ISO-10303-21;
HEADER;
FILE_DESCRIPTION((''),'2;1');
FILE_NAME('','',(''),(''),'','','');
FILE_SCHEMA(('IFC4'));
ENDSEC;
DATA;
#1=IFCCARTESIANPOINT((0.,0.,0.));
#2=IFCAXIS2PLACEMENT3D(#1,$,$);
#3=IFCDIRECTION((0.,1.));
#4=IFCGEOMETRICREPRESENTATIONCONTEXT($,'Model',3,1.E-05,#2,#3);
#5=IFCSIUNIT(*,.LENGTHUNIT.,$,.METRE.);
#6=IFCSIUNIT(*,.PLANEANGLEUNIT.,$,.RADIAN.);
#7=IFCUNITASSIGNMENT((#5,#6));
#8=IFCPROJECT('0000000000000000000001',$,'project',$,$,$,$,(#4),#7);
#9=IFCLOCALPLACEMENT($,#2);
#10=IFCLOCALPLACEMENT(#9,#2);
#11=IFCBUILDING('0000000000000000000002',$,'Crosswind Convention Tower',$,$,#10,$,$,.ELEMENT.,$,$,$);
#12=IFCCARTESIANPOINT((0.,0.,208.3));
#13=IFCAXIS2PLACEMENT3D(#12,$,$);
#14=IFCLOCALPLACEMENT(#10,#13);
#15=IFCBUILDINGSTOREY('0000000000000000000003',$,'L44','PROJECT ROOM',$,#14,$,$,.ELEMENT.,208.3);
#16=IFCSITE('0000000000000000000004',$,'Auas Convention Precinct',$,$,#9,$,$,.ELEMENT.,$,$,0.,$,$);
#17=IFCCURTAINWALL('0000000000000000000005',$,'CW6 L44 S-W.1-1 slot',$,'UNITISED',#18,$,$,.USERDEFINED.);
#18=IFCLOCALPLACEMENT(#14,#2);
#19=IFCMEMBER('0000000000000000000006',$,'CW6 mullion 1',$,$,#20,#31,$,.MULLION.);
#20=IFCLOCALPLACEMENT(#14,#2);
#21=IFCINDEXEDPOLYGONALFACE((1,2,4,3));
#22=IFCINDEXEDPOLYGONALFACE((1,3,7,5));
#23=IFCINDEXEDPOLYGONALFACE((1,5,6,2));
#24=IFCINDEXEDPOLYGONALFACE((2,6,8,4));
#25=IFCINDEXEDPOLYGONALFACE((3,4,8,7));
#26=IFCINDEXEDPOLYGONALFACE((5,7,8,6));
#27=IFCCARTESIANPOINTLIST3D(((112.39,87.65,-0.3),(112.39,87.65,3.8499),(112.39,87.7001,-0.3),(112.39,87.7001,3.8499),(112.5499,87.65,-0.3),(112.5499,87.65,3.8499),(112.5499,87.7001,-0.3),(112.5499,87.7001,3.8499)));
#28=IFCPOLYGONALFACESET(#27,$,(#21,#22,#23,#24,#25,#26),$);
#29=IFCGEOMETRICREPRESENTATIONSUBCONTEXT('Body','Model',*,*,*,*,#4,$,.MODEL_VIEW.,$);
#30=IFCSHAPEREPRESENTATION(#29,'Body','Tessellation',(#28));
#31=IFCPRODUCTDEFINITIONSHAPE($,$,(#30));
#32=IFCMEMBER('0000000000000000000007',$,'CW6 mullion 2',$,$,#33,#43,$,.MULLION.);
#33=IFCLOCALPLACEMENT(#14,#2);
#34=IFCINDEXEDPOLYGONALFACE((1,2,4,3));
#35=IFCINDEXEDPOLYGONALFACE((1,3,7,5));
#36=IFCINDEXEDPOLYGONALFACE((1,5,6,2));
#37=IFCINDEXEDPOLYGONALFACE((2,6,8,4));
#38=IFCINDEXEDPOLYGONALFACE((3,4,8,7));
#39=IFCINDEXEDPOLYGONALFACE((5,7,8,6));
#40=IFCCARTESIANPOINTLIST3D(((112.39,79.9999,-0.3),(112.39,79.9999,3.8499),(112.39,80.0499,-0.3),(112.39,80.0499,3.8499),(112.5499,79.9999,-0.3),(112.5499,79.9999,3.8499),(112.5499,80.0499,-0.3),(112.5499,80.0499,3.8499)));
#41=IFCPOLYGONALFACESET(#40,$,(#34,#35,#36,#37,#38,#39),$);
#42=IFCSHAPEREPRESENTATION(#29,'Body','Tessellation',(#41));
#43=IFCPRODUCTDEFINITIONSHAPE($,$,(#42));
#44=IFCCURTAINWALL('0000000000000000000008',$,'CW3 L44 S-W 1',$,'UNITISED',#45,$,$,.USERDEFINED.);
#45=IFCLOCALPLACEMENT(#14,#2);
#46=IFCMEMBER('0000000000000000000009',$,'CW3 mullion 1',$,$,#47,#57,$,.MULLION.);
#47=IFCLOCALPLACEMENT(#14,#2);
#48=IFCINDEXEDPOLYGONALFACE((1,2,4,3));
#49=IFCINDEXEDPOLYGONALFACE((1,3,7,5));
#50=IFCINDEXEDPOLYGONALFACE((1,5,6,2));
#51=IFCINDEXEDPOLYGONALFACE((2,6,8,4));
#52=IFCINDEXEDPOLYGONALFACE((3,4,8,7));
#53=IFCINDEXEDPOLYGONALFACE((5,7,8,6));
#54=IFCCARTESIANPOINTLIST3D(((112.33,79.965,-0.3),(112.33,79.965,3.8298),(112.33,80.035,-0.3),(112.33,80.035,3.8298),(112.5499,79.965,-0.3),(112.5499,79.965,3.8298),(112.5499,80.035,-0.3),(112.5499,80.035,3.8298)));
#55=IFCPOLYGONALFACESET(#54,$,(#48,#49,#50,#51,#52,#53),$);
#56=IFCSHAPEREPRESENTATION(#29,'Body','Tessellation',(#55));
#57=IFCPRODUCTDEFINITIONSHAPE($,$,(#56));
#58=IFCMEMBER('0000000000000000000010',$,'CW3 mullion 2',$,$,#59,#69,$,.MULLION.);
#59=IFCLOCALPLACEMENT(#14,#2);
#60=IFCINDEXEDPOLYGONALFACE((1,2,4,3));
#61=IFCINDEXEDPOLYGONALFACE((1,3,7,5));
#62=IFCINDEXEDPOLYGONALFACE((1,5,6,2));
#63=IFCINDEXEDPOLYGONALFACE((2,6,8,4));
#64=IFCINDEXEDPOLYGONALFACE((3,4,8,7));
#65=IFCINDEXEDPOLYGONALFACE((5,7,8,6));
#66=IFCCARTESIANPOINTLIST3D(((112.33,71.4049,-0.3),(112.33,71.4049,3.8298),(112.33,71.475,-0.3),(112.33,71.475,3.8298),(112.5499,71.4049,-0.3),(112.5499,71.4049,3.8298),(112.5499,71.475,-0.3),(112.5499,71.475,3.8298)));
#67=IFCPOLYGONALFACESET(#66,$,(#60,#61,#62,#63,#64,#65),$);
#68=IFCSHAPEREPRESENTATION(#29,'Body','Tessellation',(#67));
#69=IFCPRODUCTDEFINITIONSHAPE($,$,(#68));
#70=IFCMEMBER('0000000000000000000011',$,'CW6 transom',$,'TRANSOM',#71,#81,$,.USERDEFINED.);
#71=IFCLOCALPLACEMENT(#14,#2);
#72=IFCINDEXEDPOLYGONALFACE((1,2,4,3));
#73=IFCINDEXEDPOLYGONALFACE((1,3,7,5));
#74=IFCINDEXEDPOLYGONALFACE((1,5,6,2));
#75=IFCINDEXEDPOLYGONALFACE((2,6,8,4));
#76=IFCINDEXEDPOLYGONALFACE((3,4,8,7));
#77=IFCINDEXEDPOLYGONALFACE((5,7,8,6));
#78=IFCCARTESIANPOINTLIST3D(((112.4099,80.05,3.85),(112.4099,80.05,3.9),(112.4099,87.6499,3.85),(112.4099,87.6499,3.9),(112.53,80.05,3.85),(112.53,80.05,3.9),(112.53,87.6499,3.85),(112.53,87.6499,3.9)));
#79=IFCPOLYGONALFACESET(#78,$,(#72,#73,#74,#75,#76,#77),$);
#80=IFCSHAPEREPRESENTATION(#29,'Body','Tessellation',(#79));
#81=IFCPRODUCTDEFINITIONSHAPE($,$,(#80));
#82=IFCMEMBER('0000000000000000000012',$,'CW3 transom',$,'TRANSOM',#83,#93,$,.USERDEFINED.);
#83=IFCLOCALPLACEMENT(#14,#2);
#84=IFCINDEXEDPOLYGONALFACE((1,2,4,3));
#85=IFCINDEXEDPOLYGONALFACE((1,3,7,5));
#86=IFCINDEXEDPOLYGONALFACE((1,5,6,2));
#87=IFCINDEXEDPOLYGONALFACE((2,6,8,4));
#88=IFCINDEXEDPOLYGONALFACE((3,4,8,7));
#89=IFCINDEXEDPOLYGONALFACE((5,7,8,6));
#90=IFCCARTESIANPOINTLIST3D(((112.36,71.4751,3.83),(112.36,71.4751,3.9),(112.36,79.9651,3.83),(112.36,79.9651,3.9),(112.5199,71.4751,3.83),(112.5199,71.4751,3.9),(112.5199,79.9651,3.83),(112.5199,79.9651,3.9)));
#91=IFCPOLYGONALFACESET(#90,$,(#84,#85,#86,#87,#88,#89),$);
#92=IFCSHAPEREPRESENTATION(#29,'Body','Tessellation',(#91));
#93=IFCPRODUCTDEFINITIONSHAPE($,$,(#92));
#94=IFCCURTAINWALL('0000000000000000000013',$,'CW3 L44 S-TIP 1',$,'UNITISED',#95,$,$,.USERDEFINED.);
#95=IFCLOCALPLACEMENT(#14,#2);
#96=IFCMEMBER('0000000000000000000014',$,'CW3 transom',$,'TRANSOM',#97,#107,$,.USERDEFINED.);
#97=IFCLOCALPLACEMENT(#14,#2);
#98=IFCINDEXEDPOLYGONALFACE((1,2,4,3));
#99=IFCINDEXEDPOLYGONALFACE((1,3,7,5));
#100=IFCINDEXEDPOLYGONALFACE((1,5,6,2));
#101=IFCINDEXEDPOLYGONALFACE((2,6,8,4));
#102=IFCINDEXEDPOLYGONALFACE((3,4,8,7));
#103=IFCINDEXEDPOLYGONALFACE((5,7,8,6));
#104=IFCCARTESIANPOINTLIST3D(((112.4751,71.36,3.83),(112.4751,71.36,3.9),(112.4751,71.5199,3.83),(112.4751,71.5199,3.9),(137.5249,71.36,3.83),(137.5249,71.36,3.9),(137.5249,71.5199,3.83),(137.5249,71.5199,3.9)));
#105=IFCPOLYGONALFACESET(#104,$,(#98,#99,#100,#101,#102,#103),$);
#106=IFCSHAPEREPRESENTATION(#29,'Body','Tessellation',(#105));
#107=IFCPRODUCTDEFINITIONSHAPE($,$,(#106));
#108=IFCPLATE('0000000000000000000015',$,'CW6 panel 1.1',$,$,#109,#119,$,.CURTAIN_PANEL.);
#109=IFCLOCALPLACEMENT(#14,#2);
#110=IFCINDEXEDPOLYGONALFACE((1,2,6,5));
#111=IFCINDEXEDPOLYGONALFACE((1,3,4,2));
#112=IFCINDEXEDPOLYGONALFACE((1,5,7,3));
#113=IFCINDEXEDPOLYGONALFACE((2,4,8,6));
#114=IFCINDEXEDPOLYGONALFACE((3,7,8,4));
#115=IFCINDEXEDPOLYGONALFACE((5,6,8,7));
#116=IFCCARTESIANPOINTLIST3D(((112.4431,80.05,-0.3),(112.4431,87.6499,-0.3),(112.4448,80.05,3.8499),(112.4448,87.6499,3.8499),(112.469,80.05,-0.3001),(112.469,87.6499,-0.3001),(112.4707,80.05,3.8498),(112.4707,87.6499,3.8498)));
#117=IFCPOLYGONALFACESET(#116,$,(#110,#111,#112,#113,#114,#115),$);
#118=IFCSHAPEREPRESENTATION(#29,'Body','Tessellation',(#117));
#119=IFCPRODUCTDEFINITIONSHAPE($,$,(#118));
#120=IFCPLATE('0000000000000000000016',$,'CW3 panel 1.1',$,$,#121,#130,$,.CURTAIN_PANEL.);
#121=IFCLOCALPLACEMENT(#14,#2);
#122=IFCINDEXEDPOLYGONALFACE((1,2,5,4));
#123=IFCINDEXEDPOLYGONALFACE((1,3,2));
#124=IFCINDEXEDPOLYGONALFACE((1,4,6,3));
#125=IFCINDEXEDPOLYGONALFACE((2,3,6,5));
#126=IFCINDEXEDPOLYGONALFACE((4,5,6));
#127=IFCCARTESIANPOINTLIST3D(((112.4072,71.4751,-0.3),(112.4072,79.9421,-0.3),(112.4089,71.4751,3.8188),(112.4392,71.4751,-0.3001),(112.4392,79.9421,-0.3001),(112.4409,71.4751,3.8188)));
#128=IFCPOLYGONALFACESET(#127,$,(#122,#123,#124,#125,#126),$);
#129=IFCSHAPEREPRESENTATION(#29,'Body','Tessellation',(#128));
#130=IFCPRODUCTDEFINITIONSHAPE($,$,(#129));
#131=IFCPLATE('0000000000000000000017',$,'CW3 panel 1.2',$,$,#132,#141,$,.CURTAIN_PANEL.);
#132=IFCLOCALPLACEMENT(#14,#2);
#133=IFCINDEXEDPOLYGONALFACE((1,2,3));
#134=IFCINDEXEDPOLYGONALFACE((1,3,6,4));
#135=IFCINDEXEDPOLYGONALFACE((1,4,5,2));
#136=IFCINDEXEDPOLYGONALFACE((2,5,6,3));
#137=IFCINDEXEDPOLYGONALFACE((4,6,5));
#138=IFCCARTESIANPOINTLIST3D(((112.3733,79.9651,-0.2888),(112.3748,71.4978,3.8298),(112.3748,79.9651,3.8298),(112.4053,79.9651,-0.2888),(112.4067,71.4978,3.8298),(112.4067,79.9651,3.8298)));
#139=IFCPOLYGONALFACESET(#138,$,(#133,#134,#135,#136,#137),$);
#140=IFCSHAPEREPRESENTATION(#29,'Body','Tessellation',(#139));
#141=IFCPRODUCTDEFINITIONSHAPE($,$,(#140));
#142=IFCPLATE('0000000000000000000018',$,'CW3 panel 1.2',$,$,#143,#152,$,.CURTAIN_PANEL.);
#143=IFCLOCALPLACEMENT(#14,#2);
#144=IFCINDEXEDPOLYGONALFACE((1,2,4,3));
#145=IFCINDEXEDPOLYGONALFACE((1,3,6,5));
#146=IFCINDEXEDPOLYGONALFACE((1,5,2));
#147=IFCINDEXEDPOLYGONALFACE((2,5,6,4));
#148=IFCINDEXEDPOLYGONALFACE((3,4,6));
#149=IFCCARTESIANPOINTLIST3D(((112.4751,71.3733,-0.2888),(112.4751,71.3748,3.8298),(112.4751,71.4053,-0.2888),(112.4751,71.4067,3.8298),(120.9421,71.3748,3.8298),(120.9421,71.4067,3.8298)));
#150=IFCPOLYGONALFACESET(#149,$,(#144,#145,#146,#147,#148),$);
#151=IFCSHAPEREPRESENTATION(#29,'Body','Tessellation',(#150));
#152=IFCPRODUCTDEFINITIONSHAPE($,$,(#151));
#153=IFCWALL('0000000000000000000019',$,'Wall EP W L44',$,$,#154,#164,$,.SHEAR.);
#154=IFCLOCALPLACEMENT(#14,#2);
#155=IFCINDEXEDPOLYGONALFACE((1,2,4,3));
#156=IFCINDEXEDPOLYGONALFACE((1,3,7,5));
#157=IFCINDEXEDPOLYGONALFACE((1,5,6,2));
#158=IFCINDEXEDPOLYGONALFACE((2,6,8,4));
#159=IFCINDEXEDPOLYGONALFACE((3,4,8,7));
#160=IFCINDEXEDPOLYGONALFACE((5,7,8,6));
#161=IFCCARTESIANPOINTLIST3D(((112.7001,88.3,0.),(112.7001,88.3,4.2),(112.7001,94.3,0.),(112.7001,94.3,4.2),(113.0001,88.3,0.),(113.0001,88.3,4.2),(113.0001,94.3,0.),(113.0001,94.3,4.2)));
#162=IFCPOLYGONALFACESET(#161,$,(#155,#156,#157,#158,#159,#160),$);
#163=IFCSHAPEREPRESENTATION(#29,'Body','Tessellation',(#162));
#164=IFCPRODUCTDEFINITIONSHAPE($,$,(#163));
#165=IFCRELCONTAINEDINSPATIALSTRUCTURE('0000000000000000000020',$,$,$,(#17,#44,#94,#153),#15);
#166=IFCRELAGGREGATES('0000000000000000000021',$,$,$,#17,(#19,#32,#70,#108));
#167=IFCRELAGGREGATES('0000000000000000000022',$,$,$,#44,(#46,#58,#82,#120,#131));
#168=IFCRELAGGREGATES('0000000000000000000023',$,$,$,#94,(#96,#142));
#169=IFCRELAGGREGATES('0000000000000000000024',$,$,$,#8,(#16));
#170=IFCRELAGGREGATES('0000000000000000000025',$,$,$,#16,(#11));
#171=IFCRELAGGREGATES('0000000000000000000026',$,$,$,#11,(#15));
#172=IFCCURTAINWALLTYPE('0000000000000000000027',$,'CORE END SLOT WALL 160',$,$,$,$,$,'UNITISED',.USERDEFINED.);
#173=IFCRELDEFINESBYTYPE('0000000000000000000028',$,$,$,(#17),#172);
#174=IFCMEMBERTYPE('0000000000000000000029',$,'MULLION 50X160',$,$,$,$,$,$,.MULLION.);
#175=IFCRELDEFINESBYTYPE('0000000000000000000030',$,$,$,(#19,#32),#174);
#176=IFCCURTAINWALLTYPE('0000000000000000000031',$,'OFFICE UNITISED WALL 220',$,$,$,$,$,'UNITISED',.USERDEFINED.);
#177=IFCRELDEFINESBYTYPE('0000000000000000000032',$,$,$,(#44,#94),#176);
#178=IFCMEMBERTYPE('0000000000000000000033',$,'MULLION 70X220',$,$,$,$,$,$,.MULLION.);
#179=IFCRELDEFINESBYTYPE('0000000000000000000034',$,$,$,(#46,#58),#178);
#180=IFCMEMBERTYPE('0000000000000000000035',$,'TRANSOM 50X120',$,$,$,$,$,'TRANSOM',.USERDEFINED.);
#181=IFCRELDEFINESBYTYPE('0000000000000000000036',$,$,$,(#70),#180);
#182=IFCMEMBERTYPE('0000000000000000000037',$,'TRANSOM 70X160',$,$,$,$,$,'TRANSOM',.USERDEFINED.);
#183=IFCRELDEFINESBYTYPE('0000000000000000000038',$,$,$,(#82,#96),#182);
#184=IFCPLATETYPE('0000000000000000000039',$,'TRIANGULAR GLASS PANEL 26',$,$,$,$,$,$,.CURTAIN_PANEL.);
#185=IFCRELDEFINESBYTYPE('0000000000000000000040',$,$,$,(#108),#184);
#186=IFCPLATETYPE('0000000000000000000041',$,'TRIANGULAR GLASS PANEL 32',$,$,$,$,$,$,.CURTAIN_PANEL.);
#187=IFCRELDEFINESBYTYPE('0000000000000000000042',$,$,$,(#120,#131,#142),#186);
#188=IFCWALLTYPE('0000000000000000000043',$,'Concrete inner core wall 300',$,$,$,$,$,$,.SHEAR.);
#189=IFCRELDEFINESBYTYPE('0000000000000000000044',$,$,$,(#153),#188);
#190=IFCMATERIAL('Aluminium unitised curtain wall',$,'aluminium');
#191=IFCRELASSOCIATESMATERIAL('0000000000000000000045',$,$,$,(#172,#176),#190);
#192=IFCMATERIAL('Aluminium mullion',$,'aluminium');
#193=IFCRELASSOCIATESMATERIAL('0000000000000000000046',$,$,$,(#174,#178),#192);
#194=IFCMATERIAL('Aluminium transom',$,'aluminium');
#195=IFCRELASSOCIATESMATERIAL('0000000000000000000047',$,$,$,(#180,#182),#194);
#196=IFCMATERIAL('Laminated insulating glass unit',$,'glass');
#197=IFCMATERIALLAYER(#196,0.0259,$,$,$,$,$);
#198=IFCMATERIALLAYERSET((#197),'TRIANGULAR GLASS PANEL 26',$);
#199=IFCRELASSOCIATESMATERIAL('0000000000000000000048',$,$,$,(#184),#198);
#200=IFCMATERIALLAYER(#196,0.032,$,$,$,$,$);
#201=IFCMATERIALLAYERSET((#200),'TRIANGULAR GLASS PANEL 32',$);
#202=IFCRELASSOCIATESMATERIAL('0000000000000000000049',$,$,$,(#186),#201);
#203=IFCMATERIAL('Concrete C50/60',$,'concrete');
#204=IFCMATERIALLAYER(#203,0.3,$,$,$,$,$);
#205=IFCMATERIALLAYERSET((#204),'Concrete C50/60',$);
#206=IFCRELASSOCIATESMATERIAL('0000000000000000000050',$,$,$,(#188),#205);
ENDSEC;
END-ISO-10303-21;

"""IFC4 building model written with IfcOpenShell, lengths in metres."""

from ifc_helpers import new_model, si_unit, direction, frame, frame_2d, origin, origin_2d, place, context, subcontext, project, spatial, polyline, rectangle, outline, extrude, material, layer, layer_set, material_profile, profile_set, type_object, element, aggregate, save


model = new_model("IFC4")

# Units and contexts
model_context = context("Model", 3, precision=1e-05, world=origin(), true_north=direction((0.0, 1.0)))
body_context = subcontext(model_context, "Body", "Model", "MODEL_VIEW")
ifc_project = project(units=[si_unit("LENGTHUNIT", "METRE"), si_unit("PLANEANGLEUNIT", "RADIAN")], contexts=[model_context])

# Site, building, storey
site_placement = place(None, origin())
site = spatial("IfcSite", under=ifc_project, at=site_placement, Name="Auas Convention Precinct", CompositionType="ELEMENT", RefElevation=0.0)
building_placement = place(site_placement, origin())
building = spatial("IfcBuilding", under=site, at=building_placement, Name="Crosswind Convention Tower", CompositionType="ELEMENT")
storey_placement = place(building_placement, frame((0.0, 0.0, 208.3)))
storey = spatial("IfcBuildingStorey", under=building, at=storey_placement, Name="L44", Description="PROJECT ROOM", CompositionType="ELEMENT", Elevation=208.3)

# Curtain walls, members
ifc_material_1 = material(Name="Aluminium unitised curtain wall", Category="aluminium")
curtain_wall_type_1 = type_object("IfcCurtainWallType", Name="CORE END SLOT WALL 160", ElementType="UNITISED", PredefinedType="USERDEFINED", material=ifc_material_1)
curtain_wall_1_placement = place(storey_placement, origin())
curtain_wall_1 = element("IfcCurtainWall", 1, at=curtain_wall_1_placement, inside=storey, type_object=curtain_wall_type_1, Name="CW6 L44 S-W.1-1 slot", ObjectType="UNITISED", PredefinedType="USERDEFINED")
ifc_material_2 = material(Name="Aluminium mullion", Category="aluminium")
ifc_material_profile_1 = material_profile(ifc_material_2, rectangle(XDim=0.1599, YDim=0.05, at=origin_2d()), Name="AL 160X50")
ifc_profile_set_1 = profile_set([ifc_material_profile_1], Name="Aluminium mullion")
member_type_1 = type_object("IfcMemberType", Name="MULLION 50X160", PredefinedType="MULLION", material=ifc_profile_set_1)
member_1_placement = place(storey_placement, frame((112.47, 87.675, -0.3), z_axis=(0.0, 0.0, 1.0), x_axis=(-1.0, 0.0, 0.0)))
member_1 = element("IfcMember", 2, at=member_1_placement, type_object=member_type_1, Name="CW6 mullion 1", PredefinedType="MULLION", context=body_context, shape_type="SweptSolid", body=[
    extrude(rectangle(XDim=0.1599, YDim=0.05, at=origin_2d()), origin(), (0.0, 0.0, 1.0), 4.1499),
])
member_2_placement = place(storey_placement, frame((112.47, 80.0249, -0.3), z_axis=(0.0, 0.0, 1.0), x_axis=(-1.0, 0.0, 0.0)))
member_2 = element("IfcMember", 3, at=member_2_placement, type_object=member_type_1, Name="CW6 mullion 2", PredefinedType="MULLION", context=body_context, shape_type="SweptSolid", body=[
    extrude(rectangle(XDim=0.1599, YDim=0.05, at=origin_2d()), origin(), (0.0, 0.0, 1.0), 4.1499),
])
curtain_wall_type_2 = type_object("IfcCurtainWallType", Name="OFFICE UNITISED WALL 220", ElementType="UNITISED", PredefinedType="USERDEFINED", material=ifc_material_1)
curtain_wall_2_placement = place(storey_placement, origin())
curtain_wall_2 = element("IfcCurtainWall", 4, at=curtain_wall_2_placement, inside=storey, type_object=curtain_wall_type_2, Name="CW3 L44 S-W 1", ObjectType="UNITISED", PredefinedType="USERDEFINED")
ifc_material_profile_2 = material_profile(ifc_material_2, rectangle(XDim=0.22, YDim=0.0701, at=origin_2d()), Name="AL 220X70")
ifc_profile_set_2 = profile_set([ifc_material_profile_2], Name="Aluminium mullion")
member_type_2 = type_object("IfcMemberType", Name="MULLION 70X220", PredefinedType="MULLION", material=ifc_profile_set_2)
member_3_placement = place(storey_placement, frame((112.4399, 80.0, -0.3), z_axis=(0.0, 0.0, 1.0), x_axis=(-1.0, 0.0, 0.0)))
member_3 = element("IfcMember", 5, at=member_3_placement, type_object=member_type_2, Name="CW3 mullion 1", PredefinedType="MULLION", context=body_context, shape_type="SweptSolid", body=[
    extrude(rectangle(XDim=0.22, YDim=0.0701, at=origin_2d()), origin(), (0.0, 0.0, 1.0), 4.1299),
])
member_4_placement = place(storey_placement, frame((112.4399, 71.4399, -0.3), z_axis=(0.0, 0.0, 1.0), x_axis=(-1.0, 0.0, 0.0)))
member_4 = element("IfcMember", 6, at=member_4_placement, type_object=member_type_2, Name="CW3 mullion 2", PredefinedType="MULLION", context=body_context, shape_type="SweptSolid", body=[
    extrude(rectangle(XDim=0.22, YDim=0.0701, at=origin_2d()), origin(), (0.0, 0.0, 1.0), 4.1299),
])

# Members
ifc_material_3 = material(Name="Aluminium transom", Category="aluminium")
ifc_material_profile_3 = material_profile(ifc_material_3, rectangle(XDim=0.1201, YDim=0.05, at=origin_2d()), Name="AL 120X50")
ifc_profile_set_3 = profile_set([ifc_material_profile_3], Name="Aluminium transom")
member_type_3 = type_object("IfcMemberType", Name="TRANSOM 50X120", ElementType="TRANSOM", PredefinedType="USERDEFINED", material=ifc_profile_set_3)
member_5_placement = place(storey_placement, frame((112.47, 87.6499, 3.875), z_axis=(0.0, -1.0, 0.0), x_axis=(1.0, 0.0, 0.0)))
member_5 = element("IfcMember", 7, at=member_5_placement, type_object=member_type_3, Name="CW6 transom", ObjectType="TRANSOM", PredefinedType="USERDEFINED", context=body_context, shape_type="SweptSolid", body=[
    extrude(rectangle(XDim=0.1201, YDim=0.05, at=origin_2d()), origin(), (0.0, 0.0, 1.0), 7.5999),
])
ifc_material_profile_4 = material_profile(ifc_material_3, rectangle(XDim=0.1599, YDim=0.0701, at=origin_2d()), Name="AL 160X70")
ifc_profile_set_4 = profile_set([ifc_material_profile_4], Name="Aluminium transom")
member_type_4 = type_object("IfcMemberType", Name="TRANSOM 70X160", ElementType="TRANSOM", PredefinedType="USERDEFINED", material=ifc_profile_set_4)
member_6_placement = place(storey_placement, frame((112.4399, 79.9651, 3.865), z_axis=(0.0, -1.0, 0.0), x_axis=(1.0, 0.0, 0.0)))
member_6 = element("IfcMember", 8, at=member_6_placement, type_object=member_type_4, Name="CW3 transom", ObjectType="TRANSOM", PredefinedType="USERDEFINED", context=body_context, shape_type="SweptSolid", body=[
    extrude(rectangle(XDim=0.1599, YDim=0.0701, at=origin_2d()), origin(), (0.0, 0.0, 1.0), 8.49),
])

# Curtain wall, member
curtain_wall_3_placement = place(storey_placement, origin())
curtain_wall_3 = element("IfcCurtainWall", 9, at=curtain_wall_3_placement, inside=storey, type_object=curtain_wall_type_2, Name="CW3 L44 S-TIP 1", ObjectType="UNITISED", PredefinedType="USERDEFINED")
member_7_placement = place(storey_placement, frame((112.4751, 71.4399, 3.865), z_axis=(1.0, 0.0, 0.0), x_axis=(0.0, 1.0, 0.0)))
member_7 = element("IfcMember", 10, at=member_7_placement, type_object=member_type_4, Name="CW3 transom", ObjectType="TRANSOM", PredefinedType="USERDEFINED", context=body_context, shape_type="SweptSolid", body=[
    extrude(rectangle(XDim=0.1599, YDim=0.0701, at=origin_2d()), origin(), (0.0, 0.0, 1.0), 25.0498),
])

# Plates
ifc_material_4 = material(Name="Laminated insulating glass unit", Category="glass")
ifc_layer_1 = layer(ifc_material_4, 0.0259)
ifc_layer_set_1 = layer_set([ifc_layer_1], Name="TRIANGULAR GLASS PANEL 26")
plate_type_1 = type_object("IfcPlateType", Name="TRIANGULAR GLASS PANEL 26", PredefinedType="CURTAIN_PANEL", material=ifc_layer_set_1)
plate_1_placement = place(storey_placement, frame((112.4431, 87.6499, -0.3), z_axis=(-1.0, 0.0, 0.000412), x_axis=(0.0, -1.0, 0.0)))
plate_1 = element("IfcPlate", 11, at=plate_1_placement, type_object=plate_type_1, Name="CW6 panel 1.1", PredefinedType="CURTAIN_PANEL", context=body_context, shape_type="SweptSolid", body=[
    extrude(outline(polyline([(0.0, 0.0), (7.5999, 0.0), (7.5999, 4.1499), (0.0, 4.1499), (0.0, 0.0)])), origin(), (0.0, 0.0, -1.0), 0.0259),
])
aggregate(curtain_wall_1, [member_1, member_2, member_5, plate_1])
ifc_layer_2 = layer(ifc_material_4, 0.032)
ifc_layer_set_2 = layer_set([ifc_layer_2], Name="TRIANGULAR GLASS PANEL 32")
plate_type_2 = type_object("IfcPlateType", Name="TRIANGULAR GLASS PANEL 32", PredefinedType="CURTAIN_PANEL", material=ifc_layer_set_2)
plate_2_placement = place(storey_placement, frame((112.4072, 71.4751, -0.3), z_axis=(-1.0, 0.0, 0.000415), x_axis=(0.000415, 0.0, 1.0)))
plate_2 = element("IfcPlate", 12, at=plate_2_placement, type_object=plate_type_2, Name="CW3 panel 1.1", PredefinedType="CURTAIN_PANEL", context=body_context, shape_type="SweptSolid", body=[
    extrude(outline(polyline([(0.0, 0.0), (4.1189, 0.0), (0.0, 8.467), (0.0, 0.0)])), origin(), (0.0, 0.0, -1.0), 0.032),
])
plate_3_placement = place(storey_placement, frame((112.3748, 79.9651, 3.8298), z_axis=(-1.0, 0.0, 0.000356), x_axis=(-0.000356, 0.0, -1.0)))
plate_3 = element("IfcPlate", 13, at=plate_3_placement, type_object=plate_type_2, Name="CW3 panel 1.2", PredefinedType="CURTAIN_PANEL", context=body_context, shape_type="SweptSolid", body=[
    extrude(outline(polyline([(0.0, 0.0), (4.1187, 0.0), (0.0, 8.4673), (0.0, 0.0)])), origin(), (0.0, 0.0, -1.0), 0.032),
])
plate_4_placement = place(storey_placement, frame((112.4751, 71.3748, 3.8298), z_axis=(0.0, -1.0, 0.000356), x_axis=(0.0, -0.000356, -1.0)))
plate_4 = element("IfcPlate", 14, at=plate_4_placement, type_object=plate_type_2, Name="CW3 panel 1.2", PredefinedType="CURTAIN_PANEL", context=body_context, shape_type="SweptSolid", body=[
    extrude(outline(polyline([(0.0, 0.0), (4.1187, 0.0), (0.0, 8.467), (0.0, 0.0)])), origin(), (0.0, 0.0, -1.0), 0.032),
])

# Wall
ifc_material_5 = material(Name="Concrete C50/60", Category="concrete")
ifc_layer_3 = layer(ifc_material_5, 0.3)
ifc_layer_set_3 = layer_set([ifc_layer_3], Name="Concrete C50/60")
wall_type_1 = type_object("IfcWallType", Name="Concrete inner core wall 300", PredefinedType="SHEAR", material=ifc_layer_set_3)
wall_1_placement = place(storey_placement, frame((112.8501, 94.3, 0.0), z_axis=(0.0, 0.0, 1.0), x_axis=(0.0, -1.0, 0.0)))
element("IfcWall", 15, at=wall_1_placement, inside=storey, type_object=wall_type_1, Name="Wall EP W L44", PredefinedType="SHEAR", context=body_context, shape_type="SweptSolid", body=[
    extrude(rectangle(XDim=6.0, YDim=0.3, at=frame_2d((3.0, 0.0))), origin(), (0.0, 0.0, 1.0), 4.2),
])

aggregate(curtain_wall_2, [member_3, member_4, member_6, plate_2, plate_3])
aggregate(curtain_wall_3, [member_7, plate_4])

save(model, "model.ifc")
